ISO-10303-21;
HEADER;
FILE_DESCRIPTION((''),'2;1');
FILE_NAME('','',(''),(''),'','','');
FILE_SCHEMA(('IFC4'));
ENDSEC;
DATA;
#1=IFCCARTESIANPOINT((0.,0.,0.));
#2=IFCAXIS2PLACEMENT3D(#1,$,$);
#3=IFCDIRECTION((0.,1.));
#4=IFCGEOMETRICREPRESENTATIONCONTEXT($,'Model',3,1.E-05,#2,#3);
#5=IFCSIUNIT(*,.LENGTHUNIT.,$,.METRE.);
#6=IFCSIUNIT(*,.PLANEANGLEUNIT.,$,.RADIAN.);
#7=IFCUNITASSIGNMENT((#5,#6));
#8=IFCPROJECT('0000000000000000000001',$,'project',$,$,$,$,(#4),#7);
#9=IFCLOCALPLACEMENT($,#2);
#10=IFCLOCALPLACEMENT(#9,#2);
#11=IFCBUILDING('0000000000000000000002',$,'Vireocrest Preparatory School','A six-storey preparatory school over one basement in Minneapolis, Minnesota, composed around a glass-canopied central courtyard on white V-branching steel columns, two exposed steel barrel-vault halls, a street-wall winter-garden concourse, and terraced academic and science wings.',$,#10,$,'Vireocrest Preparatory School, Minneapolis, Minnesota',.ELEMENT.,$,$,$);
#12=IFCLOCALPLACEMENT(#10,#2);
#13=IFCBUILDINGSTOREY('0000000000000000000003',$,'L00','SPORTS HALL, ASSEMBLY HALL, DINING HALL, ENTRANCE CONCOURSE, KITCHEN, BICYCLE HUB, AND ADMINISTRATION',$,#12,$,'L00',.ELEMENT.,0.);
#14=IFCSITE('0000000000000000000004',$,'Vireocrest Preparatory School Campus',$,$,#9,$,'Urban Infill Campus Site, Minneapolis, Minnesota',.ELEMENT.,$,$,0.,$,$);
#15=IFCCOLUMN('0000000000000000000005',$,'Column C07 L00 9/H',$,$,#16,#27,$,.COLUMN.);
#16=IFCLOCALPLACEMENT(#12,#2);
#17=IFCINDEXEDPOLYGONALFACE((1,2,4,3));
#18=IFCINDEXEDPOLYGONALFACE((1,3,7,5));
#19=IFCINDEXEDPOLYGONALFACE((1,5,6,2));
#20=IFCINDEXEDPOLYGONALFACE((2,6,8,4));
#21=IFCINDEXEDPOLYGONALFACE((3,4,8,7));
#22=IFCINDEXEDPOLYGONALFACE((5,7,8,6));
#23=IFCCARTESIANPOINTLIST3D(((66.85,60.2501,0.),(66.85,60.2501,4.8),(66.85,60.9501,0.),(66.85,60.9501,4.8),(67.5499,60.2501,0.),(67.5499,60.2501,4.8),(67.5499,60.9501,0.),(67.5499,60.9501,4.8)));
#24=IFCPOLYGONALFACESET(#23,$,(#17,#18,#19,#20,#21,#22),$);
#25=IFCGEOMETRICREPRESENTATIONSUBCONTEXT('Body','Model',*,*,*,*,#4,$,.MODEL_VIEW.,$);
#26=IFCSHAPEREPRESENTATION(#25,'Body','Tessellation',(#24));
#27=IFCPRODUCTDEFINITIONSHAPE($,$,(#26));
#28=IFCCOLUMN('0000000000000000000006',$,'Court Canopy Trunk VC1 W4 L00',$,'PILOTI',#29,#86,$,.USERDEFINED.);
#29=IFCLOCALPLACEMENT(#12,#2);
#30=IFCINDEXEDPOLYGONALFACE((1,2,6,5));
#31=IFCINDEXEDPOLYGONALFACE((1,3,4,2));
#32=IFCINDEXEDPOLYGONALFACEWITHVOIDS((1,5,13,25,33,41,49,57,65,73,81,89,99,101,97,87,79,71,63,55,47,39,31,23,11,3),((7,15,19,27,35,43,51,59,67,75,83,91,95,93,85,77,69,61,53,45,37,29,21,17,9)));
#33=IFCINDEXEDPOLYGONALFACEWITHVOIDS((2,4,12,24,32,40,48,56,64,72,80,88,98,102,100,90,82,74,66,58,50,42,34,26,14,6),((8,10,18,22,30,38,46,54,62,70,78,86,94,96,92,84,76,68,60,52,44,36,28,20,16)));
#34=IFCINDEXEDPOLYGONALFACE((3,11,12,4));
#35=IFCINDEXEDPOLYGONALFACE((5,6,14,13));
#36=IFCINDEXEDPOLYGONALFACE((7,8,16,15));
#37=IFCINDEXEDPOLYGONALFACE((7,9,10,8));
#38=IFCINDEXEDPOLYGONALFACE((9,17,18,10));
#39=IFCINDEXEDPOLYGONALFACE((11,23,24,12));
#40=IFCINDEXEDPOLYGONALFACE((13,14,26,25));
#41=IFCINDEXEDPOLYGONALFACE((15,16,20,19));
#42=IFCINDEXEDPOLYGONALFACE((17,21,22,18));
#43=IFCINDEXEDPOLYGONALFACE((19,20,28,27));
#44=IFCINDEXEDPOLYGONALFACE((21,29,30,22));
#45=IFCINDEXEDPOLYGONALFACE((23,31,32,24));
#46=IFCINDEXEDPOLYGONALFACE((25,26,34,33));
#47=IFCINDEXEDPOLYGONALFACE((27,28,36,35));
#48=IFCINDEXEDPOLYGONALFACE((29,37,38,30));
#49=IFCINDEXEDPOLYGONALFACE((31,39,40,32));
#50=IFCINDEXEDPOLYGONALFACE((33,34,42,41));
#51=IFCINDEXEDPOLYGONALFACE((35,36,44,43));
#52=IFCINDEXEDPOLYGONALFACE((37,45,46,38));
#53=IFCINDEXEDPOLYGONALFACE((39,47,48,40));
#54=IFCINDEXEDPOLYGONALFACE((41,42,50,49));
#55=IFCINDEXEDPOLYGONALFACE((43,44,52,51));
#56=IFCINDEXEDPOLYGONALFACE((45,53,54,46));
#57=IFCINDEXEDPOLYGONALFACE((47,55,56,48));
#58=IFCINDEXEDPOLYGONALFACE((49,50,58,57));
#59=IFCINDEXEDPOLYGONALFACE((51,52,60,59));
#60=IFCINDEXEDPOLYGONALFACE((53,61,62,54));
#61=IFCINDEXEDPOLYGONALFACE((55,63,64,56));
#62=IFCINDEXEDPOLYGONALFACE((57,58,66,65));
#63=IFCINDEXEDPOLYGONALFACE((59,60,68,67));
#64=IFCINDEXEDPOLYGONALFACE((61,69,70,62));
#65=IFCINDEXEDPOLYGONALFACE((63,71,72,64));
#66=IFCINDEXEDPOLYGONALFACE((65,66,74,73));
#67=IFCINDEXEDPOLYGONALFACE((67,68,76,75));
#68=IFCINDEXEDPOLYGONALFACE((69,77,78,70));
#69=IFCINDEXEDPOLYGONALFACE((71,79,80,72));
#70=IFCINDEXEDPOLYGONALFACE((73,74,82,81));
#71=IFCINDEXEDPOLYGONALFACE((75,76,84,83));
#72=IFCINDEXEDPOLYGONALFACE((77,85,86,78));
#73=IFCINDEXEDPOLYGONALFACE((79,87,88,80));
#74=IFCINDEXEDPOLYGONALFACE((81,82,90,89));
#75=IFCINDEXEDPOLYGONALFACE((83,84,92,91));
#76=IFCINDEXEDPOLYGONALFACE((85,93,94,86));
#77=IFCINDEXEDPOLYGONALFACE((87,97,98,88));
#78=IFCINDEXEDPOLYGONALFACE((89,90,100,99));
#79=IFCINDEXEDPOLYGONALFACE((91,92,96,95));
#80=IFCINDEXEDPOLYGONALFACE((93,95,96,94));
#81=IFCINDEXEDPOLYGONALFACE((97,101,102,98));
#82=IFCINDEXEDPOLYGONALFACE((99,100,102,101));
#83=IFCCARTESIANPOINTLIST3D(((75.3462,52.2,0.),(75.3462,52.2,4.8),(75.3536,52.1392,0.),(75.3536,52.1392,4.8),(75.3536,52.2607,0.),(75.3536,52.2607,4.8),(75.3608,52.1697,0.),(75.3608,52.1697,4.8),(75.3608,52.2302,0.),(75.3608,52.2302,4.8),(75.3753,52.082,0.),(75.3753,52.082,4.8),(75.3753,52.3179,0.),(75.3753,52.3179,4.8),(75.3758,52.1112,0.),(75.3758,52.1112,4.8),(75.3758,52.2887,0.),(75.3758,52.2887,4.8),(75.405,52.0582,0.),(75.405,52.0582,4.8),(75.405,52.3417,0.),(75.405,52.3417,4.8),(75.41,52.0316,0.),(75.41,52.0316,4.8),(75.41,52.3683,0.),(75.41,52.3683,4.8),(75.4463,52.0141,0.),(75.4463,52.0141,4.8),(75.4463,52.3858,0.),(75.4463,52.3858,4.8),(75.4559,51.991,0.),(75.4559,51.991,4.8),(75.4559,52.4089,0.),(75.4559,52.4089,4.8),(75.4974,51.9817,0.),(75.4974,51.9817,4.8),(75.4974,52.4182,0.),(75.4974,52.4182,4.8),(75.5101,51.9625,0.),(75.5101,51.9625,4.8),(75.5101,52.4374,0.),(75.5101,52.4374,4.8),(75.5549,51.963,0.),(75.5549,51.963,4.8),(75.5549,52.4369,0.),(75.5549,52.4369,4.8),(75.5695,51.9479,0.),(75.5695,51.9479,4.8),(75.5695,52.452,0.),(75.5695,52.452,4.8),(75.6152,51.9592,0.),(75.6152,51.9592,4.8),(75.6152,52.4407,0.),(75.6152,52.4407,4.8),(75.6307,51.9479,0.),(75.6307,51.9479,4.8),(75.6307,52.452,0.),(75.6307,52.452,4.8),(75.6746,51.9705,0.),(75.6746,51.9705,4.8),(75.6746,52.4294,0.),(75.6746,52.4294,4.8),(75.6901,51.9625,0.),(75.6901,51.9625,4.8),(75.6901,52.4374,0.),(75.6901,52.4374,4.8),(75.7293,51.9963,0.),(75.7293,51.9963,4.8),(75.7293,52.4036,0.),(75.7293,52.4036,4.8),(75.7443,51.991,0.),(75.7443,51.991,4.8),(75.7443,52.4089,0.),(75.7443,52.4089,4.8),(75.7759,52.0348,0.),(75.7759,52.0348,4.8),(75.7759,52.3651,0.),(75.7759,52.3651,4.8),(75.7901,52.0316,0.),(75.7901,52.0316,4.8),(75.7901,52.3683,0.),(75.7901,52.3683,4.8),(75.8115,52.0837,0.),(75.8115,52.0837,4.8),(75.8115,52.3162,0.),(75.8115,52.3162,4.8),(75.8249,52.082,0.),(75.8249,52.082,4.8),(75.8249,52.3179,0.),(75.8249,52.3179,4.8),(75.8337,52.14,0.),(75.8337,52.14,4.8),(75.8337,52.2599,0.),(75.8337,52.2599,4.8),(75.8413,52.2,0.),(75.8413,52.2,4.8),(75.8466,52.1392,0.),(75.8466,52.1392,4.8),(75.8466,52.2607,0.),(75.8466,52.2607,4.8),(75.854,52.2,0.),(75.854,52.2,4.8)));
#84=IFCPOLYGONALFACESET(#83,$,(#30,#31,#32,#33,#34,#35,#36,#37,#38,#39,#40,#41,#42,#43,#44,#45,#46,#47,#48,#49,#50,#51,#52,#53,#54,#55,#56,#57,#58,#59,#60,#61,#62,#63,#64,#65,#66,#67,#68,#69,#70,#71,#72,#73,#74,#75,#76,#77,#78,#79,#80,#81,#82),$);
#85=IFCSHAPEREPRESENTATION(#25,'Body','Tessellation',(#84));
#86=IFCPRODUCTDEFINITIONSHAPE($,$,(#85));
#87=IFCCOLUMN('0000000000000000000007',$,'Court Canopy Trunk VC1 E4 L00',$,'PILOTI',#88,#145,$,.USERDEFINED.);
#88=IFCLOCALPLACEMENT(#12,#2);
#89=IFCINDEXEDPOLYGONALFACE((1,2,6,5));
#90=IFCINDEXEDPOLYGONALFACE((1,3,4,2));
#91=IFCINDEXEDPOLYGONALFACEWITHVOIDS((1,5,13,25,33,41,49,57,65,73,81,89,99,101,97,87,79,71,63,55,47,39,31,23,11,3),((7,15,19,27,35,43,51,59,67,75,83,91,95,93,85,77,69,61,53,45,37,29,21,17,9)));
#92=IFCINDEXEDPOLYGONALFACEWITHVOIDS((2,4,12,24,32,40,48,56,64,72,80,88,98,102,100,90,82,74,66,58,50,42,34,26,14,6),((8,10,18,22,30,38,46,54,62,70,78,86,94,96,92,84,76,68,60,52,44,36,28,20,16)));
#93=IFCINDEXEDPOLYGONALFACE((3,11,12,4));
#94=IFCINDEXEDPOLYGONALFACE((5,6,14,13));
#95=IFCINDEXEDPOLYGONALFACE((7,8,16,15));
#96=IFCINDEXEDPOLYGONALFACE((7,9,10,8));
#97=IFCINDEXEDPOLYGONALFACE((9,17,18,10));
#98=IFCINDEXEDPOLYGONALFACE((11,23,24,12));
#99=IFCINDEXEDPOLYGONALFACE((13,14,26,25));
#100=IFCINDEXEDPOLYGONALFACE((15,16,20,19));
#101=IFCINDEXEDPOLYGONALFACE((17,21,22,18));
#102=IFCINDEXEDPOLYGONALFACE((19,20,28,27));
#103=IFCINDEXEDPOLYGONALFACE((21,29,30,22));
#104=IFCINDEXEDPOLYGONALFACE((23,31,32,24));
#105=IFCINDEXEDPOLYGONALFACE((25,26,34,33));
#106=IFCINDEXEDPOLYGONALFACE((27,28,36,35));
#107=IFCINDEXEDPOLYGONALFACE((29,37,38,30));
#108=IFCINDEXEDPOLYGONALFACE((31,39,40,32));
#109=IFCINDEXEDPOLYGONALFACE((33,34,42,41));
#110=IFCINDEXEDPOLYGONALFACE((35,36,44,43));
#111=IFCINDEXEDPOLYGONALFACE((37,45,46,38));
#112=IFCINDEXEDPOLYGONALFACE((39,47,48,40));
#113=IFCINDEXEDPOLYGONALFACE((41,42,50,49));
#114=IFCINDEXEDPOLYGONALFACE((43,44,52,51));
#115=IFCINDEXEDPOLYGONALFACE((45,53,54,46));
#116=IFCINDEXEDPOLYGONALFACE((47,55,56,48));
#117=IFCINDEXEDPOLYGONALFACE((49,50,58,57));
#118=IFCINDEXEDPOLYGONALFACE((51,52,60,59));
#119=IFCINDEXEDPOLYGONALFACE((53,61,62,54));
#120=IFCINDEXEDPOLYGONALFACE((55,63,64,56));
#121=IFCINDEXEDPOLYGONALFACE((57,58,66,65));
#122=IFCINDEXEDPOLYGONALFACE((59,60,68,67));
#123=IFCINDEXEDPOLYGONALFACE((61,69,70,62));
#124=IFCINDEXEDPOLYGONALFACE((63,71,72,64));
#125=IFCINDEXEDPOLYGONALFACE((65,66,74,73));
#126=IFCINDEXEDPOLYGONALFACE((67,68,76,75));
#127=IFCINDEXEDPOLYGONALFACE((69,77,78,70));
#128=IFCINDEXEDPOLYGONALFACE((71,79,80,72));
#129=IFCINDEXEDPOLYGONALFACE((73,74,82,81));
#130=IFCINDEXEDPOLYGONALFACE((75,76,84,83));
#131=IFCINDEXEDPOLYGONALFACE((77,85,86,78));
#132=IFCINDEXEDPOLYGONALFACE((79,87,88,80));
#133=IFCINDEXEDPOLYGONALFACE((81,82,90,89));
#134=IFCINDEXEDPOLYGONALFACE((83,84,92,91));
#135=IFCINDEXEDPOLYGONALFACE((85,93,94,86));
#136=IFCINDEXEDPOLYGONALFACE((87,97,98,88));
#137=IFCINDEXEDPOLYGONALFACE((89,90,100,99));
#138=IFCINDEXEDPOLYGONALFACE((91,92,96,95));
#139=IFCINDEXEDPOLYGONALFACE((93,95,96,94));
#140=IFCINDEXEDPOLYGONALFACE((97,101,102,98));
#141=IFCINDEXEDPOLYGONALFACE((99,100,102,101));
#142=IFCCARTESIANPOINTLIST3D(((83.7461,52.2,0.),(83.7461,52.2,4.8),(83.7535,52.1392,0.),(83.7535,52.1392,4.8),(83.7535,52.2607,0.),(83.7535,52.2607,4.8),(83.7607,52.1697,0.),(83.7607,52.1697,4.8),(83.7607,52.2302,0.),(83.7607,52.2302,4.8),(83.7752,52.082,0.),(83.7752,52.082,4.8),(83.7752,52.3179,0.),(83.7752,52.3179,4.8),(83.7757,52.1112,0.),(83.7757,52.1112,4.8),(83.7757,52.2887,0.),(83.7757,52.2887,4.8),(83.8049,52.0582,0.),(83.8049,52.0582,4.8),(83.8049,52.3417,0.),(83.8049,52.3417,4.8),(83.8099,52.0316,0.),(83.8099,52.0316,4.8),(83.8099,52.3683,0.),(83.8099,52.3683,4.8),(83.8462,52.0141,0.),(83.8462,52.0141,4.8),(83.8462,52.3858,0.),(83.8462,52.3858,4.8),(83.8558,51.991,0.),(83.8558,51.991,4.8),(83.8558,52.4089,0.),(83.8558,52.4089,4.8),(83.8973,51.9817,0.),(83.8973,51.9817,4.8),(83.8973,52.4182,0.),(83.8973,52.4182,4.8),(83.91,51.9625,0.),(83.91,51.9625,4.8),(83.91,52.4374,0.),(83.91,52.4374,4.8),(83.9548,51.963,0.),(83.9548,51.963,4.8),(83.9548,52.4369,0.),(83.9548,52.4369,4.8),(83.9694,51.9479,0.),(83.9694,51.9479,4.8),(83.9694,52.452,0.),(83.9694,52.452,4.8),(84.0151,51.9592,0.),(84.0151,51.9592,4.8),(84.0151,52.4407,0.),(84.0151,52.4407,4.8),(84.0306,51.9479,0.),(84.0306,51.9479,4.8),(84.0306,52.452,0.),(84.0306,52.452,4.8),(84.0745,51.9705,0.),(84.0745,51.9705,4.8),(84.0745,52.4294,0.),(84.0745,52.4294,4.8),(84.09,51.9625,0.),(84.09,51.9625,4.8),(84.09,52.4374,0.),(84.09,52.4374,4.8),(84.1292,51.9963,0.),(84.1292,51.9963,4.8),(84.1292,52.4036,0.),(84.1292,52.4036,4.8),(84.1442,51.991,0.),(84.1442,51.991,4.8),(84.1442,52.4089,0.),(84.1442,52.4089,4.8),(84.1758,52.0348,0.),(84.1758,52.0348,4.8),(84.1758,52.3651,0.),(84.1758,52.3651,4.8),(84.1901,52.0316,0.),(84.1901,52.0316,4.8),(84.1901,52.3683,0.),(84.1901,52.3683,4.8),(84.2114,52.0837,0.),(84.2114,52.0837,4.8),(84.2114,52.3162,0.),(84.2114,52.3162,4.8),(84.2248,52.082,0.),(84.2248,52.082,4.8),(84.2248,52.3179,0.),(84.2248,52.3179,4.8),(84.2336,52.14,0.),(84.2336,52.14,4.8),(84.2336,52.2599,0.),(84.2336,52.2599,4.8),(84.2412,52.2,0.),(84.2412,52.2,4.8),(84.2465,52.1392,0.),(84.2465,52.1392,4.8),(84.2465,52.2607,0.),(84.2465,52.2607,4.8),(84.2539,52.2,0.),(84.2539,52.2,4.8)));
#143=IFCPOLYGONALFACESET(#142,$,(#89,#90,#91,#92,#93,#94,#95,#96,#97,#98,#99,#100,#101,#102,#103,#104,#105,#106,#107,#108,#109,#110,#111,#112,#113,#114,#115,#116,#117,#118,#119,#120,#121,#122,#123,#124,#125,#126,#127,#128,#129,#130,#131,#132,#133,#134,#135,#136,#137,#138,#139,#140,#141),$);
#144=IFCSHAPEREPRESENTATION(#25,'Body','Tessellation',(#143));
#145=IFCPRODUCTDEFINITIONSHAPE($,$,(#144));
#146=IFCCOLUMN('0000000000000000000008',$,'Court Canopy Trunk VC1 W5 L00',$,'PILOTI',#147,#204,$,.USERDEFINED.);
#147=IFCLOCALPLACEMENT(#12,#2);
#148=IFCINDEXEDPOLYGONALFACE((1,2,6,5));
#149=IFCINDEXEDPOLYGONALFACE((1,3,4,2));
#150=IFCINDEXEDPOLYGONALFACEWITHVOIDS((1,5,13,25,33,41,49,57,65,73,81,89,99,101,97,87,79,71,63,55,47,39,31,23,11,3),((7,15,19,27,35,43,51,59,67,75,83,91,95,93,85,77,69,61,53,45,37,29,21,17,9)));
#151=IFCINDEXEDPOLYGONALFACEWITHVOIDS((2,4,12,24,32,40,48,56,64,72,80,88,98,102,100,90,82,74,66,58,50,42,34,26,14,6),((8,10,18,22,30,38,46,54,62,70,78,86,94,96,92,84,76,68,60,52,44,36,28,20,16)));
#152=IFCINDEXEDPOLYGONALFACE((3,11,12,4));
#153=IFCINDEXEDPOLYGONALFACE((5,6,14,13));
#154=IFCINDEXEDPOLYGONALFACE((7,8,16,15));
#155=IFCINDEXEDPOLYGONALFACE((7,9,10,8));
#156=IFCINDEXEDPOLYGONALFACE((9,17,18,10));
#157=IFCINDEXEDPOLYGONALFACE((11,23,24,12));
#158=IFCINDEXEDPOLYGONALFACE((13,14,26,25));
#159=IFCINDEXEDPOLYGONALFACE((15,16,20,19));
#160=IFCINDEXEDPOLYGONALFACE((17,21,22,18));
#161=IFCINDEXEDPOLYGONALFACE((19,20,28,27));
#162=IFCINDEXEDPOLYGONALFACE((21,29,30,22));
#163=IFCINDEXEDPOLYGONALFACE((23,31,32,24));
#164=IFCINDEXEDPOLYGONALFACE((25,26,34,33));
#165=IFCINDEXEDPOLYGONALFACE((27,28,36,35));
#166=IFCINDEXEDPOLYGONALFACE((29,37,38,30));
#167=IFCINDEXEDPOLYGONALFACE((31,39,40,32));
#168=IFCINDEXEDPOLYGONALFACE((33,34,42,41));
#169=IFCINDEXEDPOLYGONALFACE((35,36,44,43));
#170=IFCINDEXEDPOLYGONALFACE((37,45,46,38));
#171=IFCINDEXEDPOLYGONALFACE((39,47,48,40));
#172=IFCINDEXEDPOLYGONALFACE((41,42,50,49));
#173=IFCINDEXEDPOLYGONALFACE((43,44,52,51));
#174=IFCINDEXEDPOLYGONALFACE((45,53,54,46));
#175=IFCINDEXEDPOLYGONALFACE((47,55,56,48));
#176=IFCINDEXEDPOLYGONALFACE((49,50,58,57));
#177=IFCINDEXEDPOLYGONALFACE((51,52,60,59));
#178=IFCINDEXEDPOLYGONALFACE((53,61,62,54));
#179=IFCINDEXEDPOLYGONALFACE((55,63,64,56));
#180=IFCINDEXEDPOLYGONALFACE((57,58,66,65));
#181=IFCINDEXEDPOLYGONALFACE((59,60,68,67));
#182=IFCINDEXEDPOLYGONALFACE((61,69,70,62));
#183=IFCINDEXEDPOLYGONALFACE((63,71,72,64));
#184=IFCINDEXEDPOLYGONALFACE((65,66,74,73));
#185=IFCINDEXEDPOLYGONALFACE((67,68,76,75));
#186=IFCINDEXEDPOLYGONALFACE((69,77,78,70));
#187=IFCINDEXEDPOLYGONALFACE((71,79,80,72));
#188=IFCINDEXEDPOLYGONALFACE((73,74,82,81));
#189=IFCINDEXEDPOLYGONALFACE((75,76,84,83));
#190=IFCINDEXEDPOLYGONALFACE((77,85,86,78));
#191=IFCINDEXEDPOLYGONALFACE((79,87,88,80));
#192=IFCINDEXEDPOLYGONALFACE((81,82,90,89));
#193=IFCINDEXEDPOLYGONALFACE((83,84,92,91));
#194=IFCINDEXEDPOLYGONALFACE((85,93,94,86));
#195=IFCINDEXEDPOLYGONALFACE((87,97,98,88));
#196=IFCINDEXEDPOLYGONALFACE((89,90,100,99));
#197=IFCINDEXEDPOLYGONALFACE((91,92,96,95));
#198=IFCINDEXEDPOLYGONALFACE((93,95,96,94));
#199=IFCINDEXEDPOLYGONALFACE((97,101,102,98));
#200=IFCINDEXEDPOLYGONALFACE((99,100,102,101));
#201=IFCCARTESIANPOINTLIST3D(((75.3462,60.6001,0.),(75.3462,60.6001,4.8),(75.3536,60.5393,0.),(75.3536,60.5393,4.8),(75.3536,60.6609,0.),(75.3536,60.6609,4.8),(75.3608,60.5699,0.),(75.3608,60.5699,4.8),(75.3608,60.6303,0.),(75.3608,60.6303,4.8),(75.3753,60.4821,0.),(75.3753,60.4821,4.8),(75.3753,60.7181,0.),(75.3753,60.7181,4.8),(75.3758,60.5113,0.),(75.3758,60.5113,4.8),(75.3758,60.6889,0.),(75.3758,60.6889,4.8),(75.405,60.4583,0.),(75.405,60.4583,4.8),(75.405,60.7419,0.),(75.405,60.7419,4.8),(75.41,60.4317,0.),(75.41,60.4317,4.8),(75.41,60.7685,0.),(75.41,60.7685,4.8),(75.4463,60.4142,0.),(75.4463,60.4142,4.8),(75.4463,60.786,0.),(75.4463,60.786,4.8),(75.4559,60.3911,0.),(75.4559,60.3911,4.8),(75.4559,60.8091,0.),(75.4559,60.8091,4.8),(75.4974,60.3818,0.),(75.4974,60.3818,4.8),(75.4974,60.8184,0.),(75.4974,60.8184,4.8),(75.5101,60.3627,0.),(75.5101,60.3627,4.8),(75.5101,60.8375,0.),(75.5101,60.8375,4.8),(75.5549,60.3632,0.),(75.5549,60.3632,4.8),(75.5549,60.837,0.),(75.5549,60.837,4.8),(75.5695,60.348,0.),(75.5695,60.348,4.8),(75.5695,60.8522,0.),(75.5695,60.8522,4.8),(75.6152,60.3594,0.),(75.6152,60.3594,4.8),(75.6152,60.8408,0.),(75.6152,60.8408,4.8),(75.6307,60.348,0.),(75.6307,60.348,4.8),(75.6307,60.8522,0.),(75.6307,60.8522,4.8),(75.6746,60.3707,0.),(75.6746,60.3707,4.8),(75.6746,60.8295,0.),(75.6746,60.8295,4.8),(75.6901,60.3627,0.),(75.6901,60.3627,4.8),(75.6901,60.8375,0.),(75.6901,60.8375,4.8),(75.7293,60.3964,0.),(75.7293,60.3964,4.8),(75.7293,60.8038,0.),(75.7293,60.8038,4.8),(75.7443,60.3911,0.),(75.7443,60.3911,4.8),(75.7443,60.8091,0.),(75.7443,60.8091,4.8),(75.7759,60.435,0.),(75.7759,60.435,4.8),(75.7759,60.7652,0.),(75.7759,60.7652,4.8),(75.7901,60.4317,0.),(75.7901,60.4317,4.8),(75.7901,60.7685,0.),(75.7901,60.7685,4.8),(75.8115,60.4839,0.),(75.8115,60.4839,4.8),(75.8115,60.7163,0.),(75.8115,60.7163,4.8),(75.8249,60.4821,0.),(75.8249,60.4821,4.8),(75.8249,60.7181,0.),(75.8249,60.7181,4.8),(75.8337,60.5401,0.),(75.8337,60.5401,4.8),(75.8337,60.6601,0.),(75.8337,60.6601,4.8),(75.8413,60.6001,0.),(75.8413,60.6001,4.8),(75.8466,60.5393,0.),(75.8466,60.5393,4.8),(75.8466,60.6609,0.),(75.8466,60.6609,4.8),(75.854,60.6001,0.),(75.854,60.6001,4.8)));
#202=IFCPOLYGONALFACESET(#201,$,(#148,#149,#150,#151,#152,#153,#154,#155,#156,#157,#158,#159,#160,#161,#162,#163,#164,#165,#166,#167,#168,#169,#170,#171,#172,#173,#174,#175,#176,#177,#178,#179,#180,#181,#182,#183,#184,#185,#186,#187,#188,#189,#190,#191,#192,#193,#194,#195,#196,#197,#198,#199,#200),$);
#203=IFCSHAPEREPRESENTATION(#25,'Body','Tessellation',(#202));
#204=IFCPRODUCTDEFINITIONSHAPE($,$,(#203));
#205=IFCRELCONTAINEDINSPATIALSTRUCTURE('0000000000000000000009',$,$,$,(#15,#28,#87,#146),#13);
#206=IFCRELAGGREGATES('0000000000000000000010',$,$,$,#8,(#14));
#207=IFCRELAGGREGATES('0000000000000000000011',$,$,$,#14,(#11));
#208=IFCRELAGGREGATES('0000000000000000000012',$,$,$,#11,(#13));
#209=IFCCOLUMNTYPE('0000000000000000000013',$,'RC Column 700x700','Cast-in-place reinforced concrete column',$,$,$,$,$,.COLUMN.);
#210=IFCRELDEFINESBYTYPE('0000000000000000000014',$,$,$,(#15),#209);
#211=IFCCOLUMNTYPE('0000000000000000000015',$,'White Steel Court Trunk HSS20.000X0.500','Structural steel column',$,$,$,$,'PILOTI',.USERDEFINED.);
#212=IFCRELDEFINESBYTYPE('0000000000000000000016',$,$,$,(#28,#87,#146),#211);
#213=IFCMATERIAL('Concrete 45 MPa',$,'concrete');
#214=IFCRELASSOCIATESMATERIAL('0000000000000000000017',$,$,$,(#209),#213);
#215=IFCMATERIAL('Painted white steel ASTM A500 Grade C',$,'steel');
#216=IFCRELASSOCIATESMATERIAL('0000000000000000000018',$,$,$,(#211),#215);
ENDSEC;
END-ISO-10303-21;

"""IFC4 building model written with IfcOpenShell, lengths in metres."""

from ifc_helpers import new_model, si_unit, direction, frame, origin, origin_2d, place, context, subcontext, project, spatial, rectangle, hollow_circle, extrude, material, material_profile, profile_set, type_object, element, save


model = new_model("IFC4")

# Units and contexts
model_context = context("Model", 3, precision=1e-05, world=origin(), true_north=direction((0.0, 1.0)))
body_context = subcontext(model_context, "Body", "Model", "MODEL_VIEW")
ifc_project = project(units=[si_unit("LENGTHUNIT", "METRE"), si_unit("PLANEANGLEUNIT", "RADIAN")], contexts=[model_context])

# Site, building, storey
site_placement = place(None, origin())
site = spatial("IfcSite", under=ifc_project, at=site_placement, Name="Vireocrest Preparatory School Campus", LongName="Urban Infill Campus Site, Minneapolis, Minnesota", CompositionType="ELEMENT", RefElevation=0.0)
building_placement = place(site_placement, origin())
building = spatial("IfcBuilding", under=site, at=building_placement, Name="Vireocrest Preparatory School", Description="A six-storey preparatory school over one basement in Minneapolis, Minnesota, composed around a glass-canopied central courtyard on white V-branching steel columns, two exposed steel barrel-vault halls, a street-wall winter-garden concourse, and terraced academic and science wings.", LongName="Vireocrest Preparatory School, Minneapolis, Minnesota", CompositionType="ELEMENT")
storey_placement = place(building_placement, origin())
storey = spatial("IfcBuildingStorey", under=building, at=storey_placement, Name="L00", Description="SPORTS HALL, ASSEMBLY HALL, DINING HALL, ENTRANCE CONCOURSE, KITCHEN, BICYCLE HUB, AND ADMINISTRATION", LongName="L00", CompositionType="ELEMENT", Elevation=0.0)

# Columns
ifc_material_1 = material(Name="Concrete 45 MPa", Category="concrete")
ifc_material_profile_1 = material_profile(ifc_material_1, rectangle(XDim=0.7, YDim=0.7, at=origin_2d()), Name="RC 700x700")
ifc_profile_set_1 = profile_set([ifc_material_profile_1], Name="Concrete 45 MPa")
column_type_1 = type_object("IfcColumnType", Name="RC Column 700x700", Description="Cast-in-place reinforced concrete column", PredefinedType="COLUMN", material=ifc_profile_set_1)
column_placement = place(storey_placement, frame((67.2, 60.6001, 0.0), z_axis=(0.0, 0.0, 1.0), x_axis=(1.0, 0.0, 0.0)))
element("IfcColumn", 1, at=column_placement, inside=storey, type_object=column_type_1, Name="Column C07 L00 9/H", PredefinedType="COLUMN", context=body_context, shape_type="SweptSolid", body=[
    extrude(rectangle(XDim=0.7, YDim=0.7, at=origin_2d()), origin(), (0.0, 0.0, 1.0), 4.8),
])
ifc_material_2 = material(Name="Painted white steel ASTM A500 Grade C", Category="steel")
ifc_material_profile_2 = material_profile(ifc_material_2, hollow_circle(Radius=0.2539, WallThickness=0.0127, at=origin_2d()), Name="HSS20.000X0.500")
ifc_profile_set_2 = profile_set([ifc_material_profile_2], Name="Painted white steel ASTM A500 Grade C")
column_type_2 = type_object("IfcColumnType", Name="White Steel Court Trunk HSS20.000X0.500", Description="Structural steel column", ElementType="PILOTI", PredefinedType="USERDEFINED", material=ifc_profile_set_2)
for number, where, z_axis, x_axis, name in (
    (2, (75.6001, 52.2, 0.0), (0.0, 0.0, 1.0), (1.0, 0.0, 0.0), "Court Canopy Trunk VC1 W4 L00"),
    (3, (84.0, 52.2, 0.0), (0.0, 0.0, 1.0), (1.0, 0.0, 0.0), "Court Canopy Trunk VC1 E4 L00"),
    (4, (75.6001, 60.6001, 0.0), (0.0, 0.0, 1.0), (1.0, 0.0, 0.0), "Court Canopy Trunk VC1 W5 L00"),
):
    element("IfcColumn", number, at=place(storey_placement, frame(where, z_axis=z_axis, x_axis=x_axis)), inside=storey, type_object=column_type_2, Name=name, ObjectType="PILOTI", PredefinedType="USERDEFINED", context=body_context, shape_type="SweptSolid", body=[
        extrude(hollow_circle(Radius=0.2539, WallThickness=0.0127, at=origin_2d()), origin(), (0.0, 0.0, 1.0), 4.8),
    ])

save(model, "model.ifc")
